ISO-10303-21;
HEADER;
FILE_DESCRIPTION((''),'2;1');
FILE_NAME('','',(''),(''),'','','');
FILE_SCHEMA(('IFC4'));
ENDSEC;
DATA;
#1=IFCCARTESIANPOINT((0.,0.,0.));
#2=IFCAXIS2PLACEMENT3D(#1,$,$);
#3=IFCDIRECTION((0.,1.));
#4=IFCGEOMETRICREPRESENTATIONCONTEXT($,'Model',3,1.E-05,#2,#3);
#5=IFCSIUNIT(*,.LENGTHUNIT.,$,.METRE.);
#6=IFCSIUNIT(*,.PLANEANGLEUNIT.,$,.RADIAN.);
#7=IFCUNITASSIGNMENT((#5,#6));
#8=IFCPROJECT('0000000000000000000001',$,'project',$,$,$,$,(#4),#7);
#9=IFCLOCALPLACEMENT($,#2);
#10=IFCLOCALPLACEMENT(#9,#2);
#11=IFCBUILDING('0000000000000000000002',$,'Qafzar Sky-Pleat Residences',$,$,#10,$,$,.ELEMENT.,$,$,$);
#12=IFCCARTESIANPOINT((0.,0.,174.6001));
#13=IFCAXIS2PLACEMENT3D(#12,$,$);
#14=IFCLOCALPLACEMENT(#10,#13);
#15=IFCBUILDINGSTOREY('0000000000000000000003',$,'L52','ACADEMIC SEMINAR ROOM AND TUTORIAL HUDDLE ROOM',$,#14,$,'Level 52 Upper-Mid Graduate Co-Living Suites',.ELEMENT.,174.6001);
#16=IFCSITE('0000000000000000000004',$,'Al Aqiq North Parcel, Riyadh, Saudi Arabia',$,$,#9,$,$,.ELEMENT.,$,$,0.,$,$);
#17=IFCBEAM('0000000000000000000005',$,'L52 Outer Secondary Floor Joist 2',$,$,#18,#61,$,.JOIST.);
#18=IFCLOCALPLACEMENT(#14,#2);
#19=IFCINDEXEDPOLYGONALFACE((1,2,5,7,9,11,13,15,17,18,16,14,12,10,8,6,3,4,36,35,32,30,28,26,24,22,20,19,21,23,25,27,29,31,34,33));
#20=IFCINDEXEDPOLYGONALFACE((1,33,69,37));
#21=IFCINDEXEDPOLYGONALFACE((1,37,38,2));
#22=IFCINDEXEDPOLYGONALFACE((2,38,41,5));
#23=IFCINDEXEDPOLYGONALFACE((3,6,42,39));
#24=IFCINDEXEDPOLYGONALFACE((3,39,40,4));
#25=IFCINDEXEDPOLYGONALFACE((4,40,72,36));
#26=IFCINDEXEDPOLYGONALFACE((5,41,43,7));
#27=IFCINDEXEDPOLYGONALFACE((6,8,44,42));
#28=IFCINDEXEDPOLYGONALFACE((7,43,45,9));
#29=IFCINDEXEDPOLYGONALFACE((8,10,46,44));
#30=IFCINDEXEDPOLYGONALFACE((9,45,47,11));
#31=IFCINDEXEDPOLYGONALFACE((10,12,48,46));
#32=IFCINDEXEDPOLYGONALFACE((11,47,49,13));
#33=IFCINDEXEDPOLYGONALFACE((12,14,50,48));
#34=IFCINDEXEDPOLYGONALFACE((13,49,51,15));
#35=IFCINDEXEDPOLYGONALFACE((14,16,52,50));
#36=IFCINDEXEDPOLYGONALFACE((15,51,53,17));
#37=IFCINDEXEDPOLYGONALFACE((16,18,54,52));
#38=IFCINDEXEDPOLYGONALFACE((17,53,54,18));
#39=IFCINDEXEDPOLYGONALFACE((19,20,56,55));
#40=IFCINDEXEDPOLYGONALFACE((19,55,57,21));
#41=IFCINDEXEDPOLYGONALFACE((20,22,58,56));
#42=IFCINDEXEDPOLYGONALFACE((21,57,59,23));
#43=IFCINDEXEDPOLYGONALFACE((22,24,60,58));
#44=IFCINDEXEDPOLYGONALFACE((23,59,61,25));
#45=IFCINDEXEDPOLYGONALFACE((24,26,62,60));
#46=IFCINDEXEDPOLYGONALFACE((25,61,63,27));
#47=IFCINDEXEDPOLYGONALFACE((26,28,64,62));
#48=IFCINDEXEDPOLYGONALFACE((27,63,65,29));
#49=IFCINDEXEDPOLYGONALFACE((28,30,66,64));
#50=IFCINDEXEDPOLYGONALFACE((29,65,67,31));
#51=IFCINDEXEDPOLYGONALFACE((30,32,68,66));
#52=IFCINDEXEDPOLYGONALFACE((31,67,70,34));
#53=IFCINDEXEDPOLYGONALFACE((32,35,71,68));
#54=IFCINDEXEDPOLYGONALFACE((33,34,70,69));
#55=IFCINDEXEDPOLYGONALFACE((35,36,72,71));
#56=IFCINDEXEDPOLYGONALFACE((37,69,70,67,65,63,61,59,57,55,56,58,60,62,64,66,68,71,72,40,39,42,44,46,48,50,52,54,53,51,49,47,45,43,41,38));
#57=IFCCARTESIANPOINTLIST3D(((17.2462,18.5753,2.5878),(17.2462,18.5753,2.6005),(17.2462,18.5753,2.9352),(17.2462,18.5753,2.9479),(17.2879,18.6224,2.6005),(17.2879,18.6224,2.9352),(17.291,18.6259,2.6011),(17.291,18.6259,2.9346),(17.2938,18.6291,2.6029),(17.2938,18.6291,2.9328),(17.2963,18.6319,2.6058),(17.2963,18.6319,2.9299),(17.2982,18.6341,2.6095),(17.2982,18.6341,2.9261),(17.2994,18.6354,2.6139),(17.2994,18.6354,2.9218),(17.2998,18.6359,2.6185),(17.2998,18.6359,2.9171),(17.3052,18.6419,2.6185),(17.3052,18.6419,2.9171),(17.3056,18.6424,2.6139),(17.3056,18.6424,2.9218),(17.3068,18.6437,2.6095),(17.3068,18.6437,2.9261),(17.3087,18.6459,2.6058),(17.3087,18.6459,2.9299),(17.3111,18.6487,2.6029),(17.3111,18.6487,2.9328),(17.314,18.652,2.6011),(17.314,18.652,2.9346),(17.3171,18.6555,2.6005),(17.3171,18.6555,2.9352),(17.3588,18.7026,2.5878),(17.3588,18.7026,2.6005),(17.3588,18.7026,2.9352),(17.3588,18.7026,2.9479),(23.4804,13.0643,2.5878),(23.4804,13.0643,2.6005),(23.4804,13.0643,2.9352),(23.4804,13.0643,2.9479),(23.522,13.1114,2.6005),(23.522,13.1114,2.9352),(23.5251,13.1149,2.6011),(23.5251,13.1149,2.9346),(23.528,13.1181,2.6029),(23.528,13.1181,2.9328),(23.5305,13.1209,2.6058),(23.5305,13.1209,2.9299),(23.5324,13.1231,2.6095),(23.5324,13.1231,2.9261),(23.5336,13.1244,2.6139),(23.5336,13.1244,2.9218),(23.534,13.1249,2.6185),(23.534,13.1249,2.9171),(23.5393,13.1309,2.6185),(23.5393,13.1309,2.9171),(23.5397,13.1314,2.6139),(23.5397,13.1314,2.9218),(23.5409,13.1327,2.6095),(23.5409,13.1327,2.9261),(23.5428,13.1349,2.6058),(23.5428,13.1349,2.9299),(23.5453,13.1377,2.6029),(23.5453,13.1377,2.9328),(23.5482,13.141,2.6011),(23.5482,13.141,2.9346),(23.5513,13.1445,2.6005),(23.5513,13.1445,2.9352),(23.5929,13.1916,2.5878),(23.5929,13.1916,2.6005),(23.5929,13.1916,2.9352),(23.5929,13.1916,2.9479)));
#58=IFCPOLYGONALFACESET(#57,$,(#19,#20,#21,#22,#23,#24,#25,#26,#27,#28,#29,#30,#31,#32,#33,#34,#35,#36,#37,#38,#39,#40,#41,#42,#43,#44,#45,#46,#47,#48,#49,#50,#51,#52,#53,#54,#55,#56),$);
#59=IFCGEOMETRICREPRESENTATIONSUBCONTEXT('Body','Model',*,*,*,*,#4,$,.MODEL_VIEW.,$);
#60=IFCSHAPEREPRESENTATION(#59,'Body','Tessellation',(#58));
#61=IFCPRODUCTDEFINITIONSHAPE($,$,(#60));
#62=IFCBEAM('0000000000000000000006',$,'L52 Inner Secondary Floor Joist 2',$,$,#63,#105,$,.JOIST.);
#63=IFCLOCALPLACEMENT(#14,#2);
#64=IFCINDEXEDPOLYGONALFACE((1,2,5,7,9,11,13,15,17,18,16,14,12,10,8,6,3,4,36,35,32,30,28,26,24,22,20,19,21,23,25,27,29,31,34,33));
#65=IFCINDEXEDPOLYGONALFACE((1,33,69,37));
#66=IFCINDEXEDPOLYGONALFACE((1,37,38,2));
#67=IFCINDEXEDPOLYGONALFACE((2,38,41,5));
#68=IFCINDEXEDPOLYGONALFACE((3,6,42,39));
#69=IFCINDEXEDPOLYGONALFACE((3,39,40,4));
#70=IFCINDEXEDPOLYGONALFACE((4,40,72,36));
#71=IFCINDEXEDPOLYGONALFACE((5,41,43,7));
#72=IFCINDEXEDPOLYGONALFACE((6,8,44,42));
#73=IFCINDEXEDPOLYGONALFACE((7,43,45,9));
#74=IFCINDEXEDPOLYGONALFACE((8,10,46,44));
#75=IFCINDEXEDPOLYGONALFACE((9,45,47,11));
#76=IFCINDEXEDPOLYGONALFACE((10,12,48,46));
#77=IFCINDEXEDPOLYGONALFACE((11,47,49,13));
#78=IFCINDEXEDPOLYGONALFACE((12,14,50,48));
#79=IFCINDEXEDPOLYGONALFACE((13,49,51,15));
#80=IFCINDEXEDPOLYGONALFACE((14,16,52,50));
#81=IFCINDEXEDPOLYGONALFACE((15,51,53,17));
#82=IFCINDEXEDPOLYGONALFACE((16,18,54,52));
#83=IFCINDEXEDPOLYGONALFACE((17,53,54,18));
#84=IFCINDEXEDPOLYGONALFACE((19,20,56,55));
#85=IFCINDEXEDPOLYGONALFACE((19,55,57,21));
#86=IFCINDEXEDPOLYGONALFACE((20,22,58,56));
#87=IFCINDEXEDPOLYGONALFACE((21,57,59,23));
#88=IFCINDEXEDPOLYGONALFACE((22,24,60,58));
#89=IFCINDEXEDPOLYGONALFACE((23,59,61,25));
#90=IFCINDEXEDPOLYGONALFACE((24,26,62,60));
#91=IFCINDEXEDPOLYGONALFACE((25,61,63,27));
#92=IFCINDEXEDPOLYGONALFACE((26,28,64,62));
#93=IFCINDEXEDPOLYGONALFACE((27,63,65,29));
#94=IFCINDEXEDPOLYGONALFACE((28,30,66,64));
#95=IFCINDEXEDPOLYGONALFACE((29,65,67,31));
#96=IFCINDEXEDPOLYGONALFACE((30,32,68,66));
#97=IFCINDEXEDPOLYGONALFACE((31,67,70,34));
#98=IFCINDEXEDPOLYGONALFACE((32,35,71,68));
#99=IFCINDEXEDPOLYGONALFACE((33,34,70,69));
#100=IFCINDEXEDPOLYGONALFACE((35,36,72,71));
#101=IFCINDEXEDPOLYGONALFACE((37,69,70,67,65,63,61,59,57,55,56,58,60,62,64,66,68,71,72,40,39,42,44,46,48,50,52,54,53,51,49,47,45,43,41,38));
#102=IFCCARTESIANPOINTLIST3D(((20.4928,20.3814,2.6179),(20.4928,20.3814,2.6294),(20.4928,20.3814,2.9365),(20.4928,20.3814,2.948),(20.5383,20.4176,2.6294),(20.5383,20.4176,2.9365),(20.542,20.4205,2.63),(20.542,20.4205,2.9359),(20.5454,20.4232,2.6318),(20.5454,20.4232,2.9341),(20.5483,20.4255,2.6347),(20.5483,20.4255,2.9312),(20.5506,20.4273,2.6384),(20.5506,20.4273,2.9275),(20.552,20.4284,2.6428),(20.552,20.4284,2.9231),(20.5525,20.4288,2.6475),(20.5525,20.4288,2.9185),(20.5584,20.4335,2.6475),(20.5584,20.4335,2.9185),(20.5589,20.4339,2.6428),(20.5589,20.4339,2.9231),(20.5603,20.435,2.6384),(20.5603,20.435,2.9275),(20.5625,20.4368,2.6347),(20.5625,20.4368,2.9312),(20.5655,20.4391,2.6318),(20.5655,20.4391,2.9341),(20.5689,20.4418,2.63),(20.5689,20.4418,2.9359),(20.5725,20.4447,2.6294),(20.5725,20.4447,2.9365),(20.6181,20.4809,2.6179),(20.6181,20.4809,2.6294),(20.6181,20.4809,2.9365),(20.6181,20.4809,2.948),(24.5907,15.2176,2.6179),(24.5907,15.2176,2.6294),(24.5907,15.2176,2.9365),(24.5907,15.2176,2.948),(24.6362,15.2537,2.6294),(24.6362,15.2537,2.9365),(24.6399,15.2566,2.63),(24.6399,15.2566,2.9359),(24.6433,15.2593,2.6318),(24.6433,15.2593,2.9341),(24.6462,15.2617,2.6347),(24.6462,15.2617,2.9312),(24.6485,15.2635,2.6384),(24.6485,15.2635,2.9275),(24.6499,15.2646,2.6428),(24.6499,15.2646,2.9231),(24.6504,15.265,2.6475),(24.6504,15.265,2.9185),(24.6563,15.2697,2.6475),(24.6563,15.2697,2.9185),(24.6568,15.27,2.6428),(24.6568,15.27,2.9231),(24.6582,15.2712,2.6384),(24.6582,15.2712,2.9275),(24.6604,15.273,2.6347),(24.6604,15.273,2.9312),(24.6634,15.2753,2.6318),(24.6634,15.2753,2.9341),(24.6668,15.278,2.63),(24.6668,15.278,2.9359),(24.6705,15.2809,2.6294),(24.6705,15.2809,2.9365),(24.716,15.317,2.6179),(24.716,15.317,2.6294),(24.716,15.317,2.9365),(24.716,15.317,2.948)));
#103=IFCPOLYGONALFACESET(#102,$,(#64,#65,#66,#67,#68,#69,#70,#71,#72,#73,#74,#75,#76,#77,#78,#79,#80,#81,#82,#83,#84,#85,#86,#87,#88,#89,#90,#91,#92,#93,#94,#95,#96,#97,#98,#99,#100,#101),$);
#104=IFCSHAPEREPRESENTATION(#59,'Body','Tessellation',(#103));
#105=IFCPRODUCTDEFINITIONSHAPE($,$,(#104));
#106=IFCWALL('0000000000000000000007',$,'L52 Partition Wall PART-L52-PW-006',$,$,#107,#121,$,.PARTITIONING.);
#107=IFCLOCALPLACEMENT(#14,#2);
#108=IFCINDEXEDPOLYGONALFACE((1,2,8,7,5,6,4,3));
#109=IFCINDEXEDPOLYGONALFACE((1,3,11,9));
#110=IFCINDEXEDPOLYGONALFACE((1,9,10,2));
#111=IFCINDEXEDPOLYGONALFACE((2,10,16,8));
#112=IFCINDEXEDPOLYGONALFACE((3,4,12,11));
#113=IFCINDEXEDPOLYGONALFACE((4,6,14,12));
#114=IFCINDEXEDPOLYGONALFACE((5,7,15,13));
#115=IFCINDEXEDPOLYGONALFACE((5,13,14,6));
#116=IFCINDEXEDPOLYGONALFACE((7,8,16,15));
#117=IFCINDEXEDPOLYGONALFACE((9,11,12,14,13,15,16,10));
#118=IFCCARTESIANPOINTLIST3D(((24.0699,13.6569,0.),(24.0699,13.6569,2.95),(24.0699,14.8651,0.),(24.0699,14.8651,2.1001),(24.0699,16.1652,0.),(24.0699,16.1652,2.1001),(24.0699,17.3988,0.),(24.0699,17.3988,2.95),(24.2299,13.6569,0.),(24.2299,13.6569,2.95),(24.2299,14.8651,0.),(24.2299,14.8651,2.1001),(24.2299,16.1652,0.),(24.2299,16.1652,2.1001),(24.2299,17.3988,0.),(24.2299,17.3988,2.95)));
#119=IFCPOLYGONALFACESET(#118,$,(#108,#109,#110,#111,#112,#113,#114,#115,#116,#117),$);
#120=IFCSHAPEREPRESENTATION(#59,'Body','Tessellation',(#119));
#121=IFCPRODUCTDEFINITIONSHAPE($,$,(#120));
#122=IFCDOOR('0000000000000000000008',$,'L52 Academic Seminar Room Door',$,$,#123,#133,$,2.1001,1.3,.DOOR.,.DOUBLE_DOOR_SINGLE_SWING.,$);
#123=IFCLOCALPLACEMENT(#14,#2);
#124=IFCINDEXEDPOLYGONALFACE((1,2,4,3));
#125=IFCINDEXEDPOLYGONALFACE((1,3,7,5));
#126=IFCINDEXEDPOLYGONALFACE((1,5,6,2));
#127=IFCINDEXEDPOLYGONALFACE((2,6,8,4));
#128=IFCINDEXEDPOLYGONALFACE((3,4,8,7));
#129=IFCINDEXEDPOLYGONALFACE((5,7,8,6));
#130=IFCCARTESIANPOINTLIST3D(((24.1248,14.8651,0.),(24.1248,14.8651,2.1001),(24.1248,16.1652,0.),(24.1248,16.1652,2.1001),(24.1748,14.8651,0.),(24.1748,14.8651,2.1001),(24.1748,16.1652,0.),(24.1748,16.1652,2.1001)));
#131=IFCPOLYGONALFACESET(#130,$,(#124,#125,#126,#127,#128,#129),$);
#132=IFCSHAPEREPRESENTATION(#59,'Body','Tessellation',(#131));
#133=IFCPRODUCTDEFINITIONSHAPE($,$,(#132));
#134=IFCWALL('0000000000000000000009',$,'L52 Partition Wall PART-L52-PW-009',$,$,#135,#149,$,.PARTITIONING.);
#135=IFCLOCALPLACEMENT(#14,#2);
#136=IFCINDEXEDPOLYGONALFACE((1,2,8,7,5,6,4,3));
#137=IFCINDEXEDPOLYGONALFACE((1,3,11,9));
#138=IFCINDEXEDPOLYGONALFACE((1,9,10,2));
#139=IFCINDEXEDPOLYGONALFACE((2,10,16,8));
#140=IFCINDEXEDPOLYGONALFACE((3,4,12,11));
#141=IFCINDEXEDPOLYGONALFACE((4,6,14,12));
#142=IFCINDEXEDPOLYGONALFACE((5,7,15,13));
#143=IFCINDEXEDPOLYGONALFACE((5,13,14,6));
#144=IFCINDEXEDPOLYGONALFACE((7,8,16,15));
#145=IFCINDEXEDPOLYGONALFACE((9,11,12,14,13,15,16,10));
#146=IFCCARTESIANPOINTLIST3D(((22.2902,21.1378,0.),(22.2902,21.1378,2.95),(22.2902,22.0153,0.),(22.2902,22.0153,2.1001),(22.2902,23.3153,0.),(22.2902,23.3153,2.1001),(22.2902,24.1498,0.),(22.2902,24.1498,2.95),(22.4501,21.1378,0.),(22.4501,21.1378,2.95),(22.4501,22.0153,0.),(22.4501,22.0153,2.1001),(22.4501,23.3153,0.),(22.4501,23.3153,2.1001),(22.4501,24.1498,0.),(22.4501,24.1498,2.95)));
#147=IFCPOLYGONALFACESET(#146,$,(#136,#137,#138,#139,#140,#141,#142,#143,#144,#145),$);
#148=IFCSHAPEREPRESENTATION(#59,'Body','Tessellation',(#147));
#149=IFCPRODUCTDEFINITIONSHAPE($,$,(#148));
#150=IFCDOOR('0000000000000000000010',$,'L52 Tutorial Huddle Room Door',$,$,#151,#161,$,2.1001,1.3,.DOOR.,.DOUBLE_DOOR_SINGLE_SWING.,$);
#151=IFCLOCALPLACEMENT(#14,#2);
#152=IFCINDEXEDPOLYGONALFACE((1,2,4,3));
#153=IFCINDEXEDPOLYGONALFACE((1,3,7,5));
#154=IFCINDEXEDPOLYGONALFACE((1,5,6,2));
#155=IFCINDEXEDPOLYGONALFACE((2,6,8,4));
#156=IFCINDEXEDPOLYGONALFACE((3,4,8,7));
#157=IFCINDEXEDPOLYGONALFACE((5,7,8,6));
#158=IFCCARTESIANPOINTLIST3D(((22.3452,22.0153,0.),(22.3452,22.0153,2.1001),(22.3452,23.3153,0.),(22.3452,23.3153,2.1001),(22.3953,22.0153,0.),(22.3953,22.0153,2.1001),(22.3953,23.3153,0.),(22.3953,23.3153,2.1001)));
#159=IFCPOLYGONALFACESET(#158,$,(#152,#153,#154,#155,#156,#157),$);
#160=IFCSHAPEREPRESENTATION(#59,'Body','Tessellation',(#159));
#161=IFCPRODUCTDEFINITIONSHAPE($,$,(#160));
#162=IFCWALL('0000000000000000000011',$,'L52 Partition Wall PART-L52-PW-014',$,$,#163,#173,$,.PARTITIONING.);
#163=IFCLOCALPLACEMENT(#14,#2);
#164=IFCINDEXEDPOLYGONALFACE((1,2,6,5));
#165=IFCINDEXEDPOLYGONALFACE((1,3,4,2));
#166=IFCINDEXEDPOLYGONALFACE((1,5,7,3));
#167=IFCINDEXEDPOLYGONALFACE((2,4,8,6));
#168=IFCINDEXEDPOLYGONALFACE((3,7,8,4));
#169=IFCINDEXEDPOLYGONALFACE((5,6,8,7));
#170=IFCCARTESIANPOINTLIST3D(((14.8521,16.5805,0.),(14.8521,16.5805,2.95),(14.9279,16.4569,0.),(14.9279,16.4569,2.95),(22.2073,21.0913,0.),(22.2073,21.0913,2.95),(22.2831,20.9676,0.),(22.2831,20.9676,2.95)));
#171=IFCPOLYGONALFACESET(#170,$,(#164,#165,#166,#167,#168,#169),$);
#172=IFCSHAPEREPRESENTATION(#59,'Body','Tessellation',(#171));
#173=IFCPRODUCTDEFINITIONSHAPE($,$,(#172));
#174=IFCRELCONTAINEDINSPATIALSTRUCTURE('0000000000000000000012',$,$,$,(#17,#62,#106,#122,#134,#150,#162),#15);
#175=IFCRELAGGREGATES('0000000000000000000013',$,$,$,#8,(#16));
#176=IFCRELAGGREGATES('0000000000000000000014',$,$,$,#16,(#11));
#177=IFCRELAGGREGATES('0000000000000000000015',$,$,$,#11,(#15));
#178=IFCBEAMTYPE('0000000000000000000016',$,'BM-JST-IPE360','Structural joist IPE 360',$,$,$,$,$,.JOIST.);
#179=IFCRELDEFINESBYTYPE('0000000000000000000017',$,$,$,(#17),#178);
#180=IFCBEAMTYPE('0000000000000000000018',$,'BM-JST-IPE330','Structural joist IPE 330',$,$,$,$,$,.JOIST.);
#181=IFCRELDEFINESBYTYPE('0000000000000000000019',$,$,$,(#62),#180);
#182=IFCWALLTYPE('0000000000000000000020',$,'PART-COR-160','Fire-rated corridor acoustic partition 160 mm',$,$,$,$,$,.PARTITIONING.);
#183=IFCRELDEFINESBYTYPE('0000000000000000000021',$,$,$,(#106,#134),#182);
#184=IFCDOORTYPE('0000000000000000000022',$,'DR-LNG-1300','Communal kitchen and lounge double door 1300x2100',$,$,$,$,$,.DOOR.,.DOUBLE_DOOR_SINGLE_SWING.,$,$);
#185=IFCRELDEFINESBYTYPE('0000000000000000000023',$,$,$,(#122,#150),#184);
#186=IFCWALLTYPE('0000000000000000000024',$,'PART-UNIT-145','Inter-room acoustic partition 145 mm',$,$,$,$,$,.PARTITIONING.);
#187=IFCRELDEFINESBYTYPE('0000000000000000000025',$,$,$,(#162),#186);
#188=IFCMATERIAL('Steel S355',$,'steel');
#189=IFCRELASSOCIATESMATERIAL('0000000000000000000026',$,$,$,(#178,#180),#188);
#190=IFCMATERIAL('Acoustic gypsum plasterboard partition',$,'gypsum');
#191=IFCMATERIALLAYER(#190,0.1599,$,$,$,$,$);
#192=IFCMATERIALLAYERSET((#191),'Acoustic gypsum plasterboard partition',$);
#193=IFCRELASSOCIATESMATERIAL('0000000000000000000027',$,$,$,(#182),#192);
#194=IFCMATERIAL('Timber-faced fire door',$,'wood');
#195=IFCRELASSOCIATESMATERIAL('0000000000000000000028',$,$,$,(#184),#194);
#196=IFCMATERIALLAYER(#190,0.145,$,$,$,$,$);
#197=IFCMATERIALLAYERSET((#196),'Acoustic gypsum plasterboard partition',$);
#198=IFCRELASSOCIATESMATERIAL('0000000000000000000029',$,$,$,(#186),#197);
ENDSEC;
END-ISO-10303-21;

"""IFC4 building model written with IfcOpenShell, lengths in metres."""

from ifc_helpers import new_model, si_unit, direction, frame, frame_2d, origin, origin_2d, place, context, subcontext, project, spatial, rectangle, i_section, extrude, source, transform, mapped, material, layer, layer_set, material_profile, profile_set, type_object, element, fill, save


model = new_model("IFC4")

# Units and contexts
model_context = context("Model", 3, precision=1e-05, world=origin(), true_north=direction((0.0, 1.0)))
body_context = subcontext(model_context, "Body", "Model", "MODEL_VIEW")
ifc_project = project(units=[si_unit("LENGTHUNIT", "METRE"), si_unit("PLANEANGLEUNIT", "RADIAN")], contexts=[model_context])

# Site, building, storey
site_placement = place(None, origin())
site = spatial("IfcSite", under=ifc_project, at=site_placement, Name="Al Aqiq North Parcel, Riyadh, Saudi Arabia", CompositionType="ELEMENT", RefElevation=0.0)
building_placement = place(site_placement, origin())
building = spatial("IfcBuilding", under=site, at=building_placement, Name="Qafzar Sky-Pleat Residences", CompositionType="ELEMENT")
storey_placement = place(building_placement, frame((0.0, 0.0, 174.6001)))
storey = spatial("IfcBuildingStorey", under=building, at=storey_placement, Name="L52", Description="ACADEMIC SEMINAR ROOM AND TUTORIAL HUDDLE ROOM", LongName="Level 52 Upper-Mid Graduate Co-Living Suites", CompositionType="ELEMENT", Elevation=174.6001)

# Beams
ifc_material_1 = material(Name="Steel S355", Category="steel")
ifc_material_profile_1 = material_profile(ifc_material_1, i_section(OverallWidth=0.1699, OverallDepth=0.3601, WebThickness=0.0081, FlangeThickness=0.0127, FilletRadius=0.0181, at=origin_2d()), Name="IPE 360")
ifc_profile_set_1 = profile_set([ifc_material_profile_1], Name="Steel S355")
beam_type_1 = type_object("IfcBeamType", Name="BM-JST-IPE360", Description="Structural joist IPE 360", PredefinedType="JOIST", material=ifc_profile_set_1)
shared_shape_1 = source(origin(), body_context, "Body", "SweptSolid", [
    extrude(i_section(OverallWidth=0.1699, OverallDepth=0.3601, WebThickness=0.0081, FlangeThickness=0.0127, FilletRadius=0.0181, at=origin_2d()), origin(), (0.0, 0.0, 1.0), 8.3208),
])
beam_1_placement = place(storey_placement, frame((17.3025, 18.6389, 2.7678), z_axis=(0.749224, -0.662316, 0.0), x_axis=(0.662316, 0.749224, 0.0)))
element("IfcBeam", 1, at=beam_1_placement, inside=storey, type_object=beam_type_1, Name="L52 Outer Secondary Floor Joist 2", PredefinedType="JOIST", context=body_context, shape_type="MappedRepresentation", body=[
    mapped(shared_shape_1, transform((0.0, 0.0, 0.0), x_axis=(1.0, 0.0, 0.0), y_axis=(0.0, 1.0, 0.0), z_axis=(0.0, 0.0, 1.0), scale=1.0)),
])
ifc_material_profile_2 = material_profile(ifc_material_1, i_section(OverallWidth=0.1599, OverallDepth=0.3301, WebThickness=0.0076, FlangeThickness=0.0115, FilletRadius=0.0181, at=origin_2d()), Name="IPE 330")
ifc_profile_set_2 = profile_set([ifc_material_profile_2], Name="Steel S355")
beam_type_2 = type_object("IfcBeamType", Name="BM-JST-IPE330", Description="Structural joist IPE 330", PredefinedType="JOIST", material=ifc_profile_set_2)
shared_shape_2 = source(origin(), body_context, "Body", "SweptSolid", [
    extrude(i_section(OverallWidth=0.1599, OverallDepth=0.3301, WebThickness=0.0076, FlangeThickness=0.0115, FilletRadius=0.0181, at=origin_2d()), origin(), (0.0, 0.0, 1.0), 6.5923),
])
beam_2_placement = place(storey_placement, frame((20.5554, 20.4312, 2.783), z_axis=(0.621624, -0.783316, 0.0), x_axis=(0.783316, 0.621624, 0.0)))
element("IfcBeam", 2, at=beam_2_placement, inside=storey, type_object=beam_type_2, Name="L52 Inner Secondary Floor Joist 2", PredefinedType="JOIST", context=body_context, shape_type="MappedRepresentation", body=[
    mapped(shared_shape_2, transform((0.0, 0.0, 0.0), x_axis=(1.0, 0.0, 0.0), y_axis=(0.0, 1.0, 0.0), z_axis=(0.0, 0.0, 1.0), scale=1.0)),
])

# Walls, openings, doors
ifc_material_2 = material(Name="Acoustic gypsum plasterboard partition", Category="gypsum")
ifc_layer_1 = layer(ifc_material_2, 0.1599)
ifc_layer_set_1 = layer_set([ifc_layer_1], Name="Acoustic gypsum plasterboard partition")
wall_type_1 = type_object("IfcWallType", Name="PART-COR-160", Description="Fire-rated corridor acoustic partition 160 mm", PredefinedType="PARTITIONING", material=ifc_layer_set_1)
wall_1_placement = place(storey_placement, frame((24.1499, 17.3989, 0.0), z_axis=(0.0, 0.0, 1.0), x_axis=(0.0, -1.0, 0.0)))
wall_1 = element("IfcWall", 3, at=wall_1_placement, inside=storey, type_object=wall_type_1, Name="L52 Partition Wall PART-L52-PW-006", PredefinedType="PARTITIONING", context=body_context, shape_type="SweptSolid", body=[
    extrude(rectangle(XDim=3.7419, YDim=0.1599, at=frame_2d((1.8711, 0.0))), origin(), (0.0, 0.0, 1.0), 2.95),
])
opening_1_placement = place(wall_1_placement, frame((1.2339, 0.0, 0.0)))
opening_1 = element("IfcOpeningElement", 4, at=opening_1_placement, cuts=wall_1, PredefinedType="OPENING", context=body_context, shape_type="SweptSolid", body=[
    extrude(rectangle(XDim=1.3, YDim=2.1001, at=frame_2d((0.6499, 1.05))), frame((0.0, 0.0898, 0.0), z_axis=(0.0, -1.0, 0.0), x_axis=(1.0, 0.0, 0.0)), (0.0, 0.0, 1.0), 0.1799),
])
ifc_material_3 = material(Name="Timber-faced fire door", Category="wood")
door_type_1 = type_object("IfcDoorType", Name="DR-LNG-1300", Description="Communal kitchen and lounge double door 1300x2100", OperationType="DOUBLE_DOOR_SINGLE_SWING", PredefinedType="DOOR", material=ifc_material_3)
shared_shape_3 = source(origin(), body_context, "Body", "SweptSolid", [
    extrude(rectangle(XDim=1.3, YDim=2.1001, at=frame_2d((0.6499, 1.05))), frame((0.0, 0.0249, 0.0), z_axis=(0.0, -1.0, 0.0), x_axis=(1.0, 0.0, 0.0)), (0.0, 0.0, 1.0), 0.05),
])
door_1_placement = place(opening_1_placement, origin())
door_1 = element("IfcDoor", 5, at=door_1_placement, inside=storey, type_object=door_type_1, Name="L52 Academic Seminar Room Door", OperationType="DOUBLE_DOOR_SINGLE_SWING", OverallHeight=2.1001, OverallWidth=1.3, PredefinedType="DOOR", context=body_context, shape_type="MappedRepresentation", body=[
    mapped(shared_shape_3, transform((0.0, 0.0, 0.0), x_axis=(1.0, 0.0, 0.0), y_axis=(0.0, 1.0, 0.0), z_axis=(0.0, 0.0, 1.0), scale=1.0)),
])
fill(opening_1, door_1)
wall_2_placement = place(storey_placement, frame((22.3701, 21.1379, 0.0), z_axis=(0.0, 0.0, 1.0), x_axis=(0.0, 1.0, 0.0)))
wall_2 = element("IfcWall", 6, at=wall_2_placement, inside=storey, type_object=wall_type_1, Name="L52 Partition Wall PART-L52-PW-009", PredefinedType="PARTITIONING", context=body_context, shape_type="SweptSolid", body=[
    extrude(rectangle(XDim=3.012, YDim=0.1599, at=frame_2d((1.5059, 0.0))), origin(), (0.0, 0.0, 1.0), 2.95),
])
opening_2_placement = place(wall_2_placement, frame((0.8774, 0.0, 0.0)))
opening_2 = element("IfcOpeningElement", 7, at=opening_2_placement, cuts=wall_2, PredefinedType="OPENING", context=body_context, shape_type="SweptSolid", body=[
    extrude(rectangle(XDim=1.3, YDim=2.1001, at=frame_2d((0.6499, 1.05))), frame((0.0, 0.0898, 0.0), z_axis=(0.0, -1.0, 0.0), x_axis=(1.0, 0.0, 0.0)), (0.0, 0.0, 1.0), 0.1799),
])
door_2_placement = place(opening_2_placement, origin())
door_2 = element("IfcDoor", 8, at=door_2_placement, inside=storey, type_object=door_type_1, Name="L52 Tutorial Huddle Room Door", OperationType="DOUBLE_DOOR_SINGLE_SWING", OverallHeight=2.1001, OverallWidth=1.3, PredefinedType="DOOR", context=body_context, shape_type="MappedRepresentation", body=[
    mapped(shared_shape_3, transform((0.0, 0.0, 0.0), x_axis=(1.0, 0.0, 0.0), y_axis=(0.0, 1.0, 0.0), z_axis=(0.0, 0.0, 1.0), scale=1.0)),
])
fill(opening_2, door_2)

# Wall
ifc_layer_2 = layer(ifc_material_2, 0.145)
ifc_layer_set_2 = layer_set([ifc_layer_2], Name="Acoustic gypsum plasterboard partition")
wall_type_2 = type_object("IfcWallType", Name="PART-UNIT-145", Description="Inter-room acoustic partition 145 mm", PredefinedType="PARTITIONING", material=ifc_layer_set_2)
wall_3_placement = place(storey_placement, frame((14.8901, 16.5188, 0.0), z_axis=(0.0, 0.0, 1.0), x_axis=(0.852462, 0.52279, 0.0)))
element("IfcWall", 9, at=wall_3_placement, inside=storey, type_object=wall_type_2, Name="L52 Partition Wall PART-L52-PW-014", PredefinedType="PARTITIONING", context=body_context, shape_type="SweptSolid", body=[
    extrude(rectangle(XDim=8.6282, YDim=0.145, at=frame_2d((4.314, 0.0))), origin(), (0.0, 0.0, 1.0), 2.95),
])

save(model, "model.ifc")
